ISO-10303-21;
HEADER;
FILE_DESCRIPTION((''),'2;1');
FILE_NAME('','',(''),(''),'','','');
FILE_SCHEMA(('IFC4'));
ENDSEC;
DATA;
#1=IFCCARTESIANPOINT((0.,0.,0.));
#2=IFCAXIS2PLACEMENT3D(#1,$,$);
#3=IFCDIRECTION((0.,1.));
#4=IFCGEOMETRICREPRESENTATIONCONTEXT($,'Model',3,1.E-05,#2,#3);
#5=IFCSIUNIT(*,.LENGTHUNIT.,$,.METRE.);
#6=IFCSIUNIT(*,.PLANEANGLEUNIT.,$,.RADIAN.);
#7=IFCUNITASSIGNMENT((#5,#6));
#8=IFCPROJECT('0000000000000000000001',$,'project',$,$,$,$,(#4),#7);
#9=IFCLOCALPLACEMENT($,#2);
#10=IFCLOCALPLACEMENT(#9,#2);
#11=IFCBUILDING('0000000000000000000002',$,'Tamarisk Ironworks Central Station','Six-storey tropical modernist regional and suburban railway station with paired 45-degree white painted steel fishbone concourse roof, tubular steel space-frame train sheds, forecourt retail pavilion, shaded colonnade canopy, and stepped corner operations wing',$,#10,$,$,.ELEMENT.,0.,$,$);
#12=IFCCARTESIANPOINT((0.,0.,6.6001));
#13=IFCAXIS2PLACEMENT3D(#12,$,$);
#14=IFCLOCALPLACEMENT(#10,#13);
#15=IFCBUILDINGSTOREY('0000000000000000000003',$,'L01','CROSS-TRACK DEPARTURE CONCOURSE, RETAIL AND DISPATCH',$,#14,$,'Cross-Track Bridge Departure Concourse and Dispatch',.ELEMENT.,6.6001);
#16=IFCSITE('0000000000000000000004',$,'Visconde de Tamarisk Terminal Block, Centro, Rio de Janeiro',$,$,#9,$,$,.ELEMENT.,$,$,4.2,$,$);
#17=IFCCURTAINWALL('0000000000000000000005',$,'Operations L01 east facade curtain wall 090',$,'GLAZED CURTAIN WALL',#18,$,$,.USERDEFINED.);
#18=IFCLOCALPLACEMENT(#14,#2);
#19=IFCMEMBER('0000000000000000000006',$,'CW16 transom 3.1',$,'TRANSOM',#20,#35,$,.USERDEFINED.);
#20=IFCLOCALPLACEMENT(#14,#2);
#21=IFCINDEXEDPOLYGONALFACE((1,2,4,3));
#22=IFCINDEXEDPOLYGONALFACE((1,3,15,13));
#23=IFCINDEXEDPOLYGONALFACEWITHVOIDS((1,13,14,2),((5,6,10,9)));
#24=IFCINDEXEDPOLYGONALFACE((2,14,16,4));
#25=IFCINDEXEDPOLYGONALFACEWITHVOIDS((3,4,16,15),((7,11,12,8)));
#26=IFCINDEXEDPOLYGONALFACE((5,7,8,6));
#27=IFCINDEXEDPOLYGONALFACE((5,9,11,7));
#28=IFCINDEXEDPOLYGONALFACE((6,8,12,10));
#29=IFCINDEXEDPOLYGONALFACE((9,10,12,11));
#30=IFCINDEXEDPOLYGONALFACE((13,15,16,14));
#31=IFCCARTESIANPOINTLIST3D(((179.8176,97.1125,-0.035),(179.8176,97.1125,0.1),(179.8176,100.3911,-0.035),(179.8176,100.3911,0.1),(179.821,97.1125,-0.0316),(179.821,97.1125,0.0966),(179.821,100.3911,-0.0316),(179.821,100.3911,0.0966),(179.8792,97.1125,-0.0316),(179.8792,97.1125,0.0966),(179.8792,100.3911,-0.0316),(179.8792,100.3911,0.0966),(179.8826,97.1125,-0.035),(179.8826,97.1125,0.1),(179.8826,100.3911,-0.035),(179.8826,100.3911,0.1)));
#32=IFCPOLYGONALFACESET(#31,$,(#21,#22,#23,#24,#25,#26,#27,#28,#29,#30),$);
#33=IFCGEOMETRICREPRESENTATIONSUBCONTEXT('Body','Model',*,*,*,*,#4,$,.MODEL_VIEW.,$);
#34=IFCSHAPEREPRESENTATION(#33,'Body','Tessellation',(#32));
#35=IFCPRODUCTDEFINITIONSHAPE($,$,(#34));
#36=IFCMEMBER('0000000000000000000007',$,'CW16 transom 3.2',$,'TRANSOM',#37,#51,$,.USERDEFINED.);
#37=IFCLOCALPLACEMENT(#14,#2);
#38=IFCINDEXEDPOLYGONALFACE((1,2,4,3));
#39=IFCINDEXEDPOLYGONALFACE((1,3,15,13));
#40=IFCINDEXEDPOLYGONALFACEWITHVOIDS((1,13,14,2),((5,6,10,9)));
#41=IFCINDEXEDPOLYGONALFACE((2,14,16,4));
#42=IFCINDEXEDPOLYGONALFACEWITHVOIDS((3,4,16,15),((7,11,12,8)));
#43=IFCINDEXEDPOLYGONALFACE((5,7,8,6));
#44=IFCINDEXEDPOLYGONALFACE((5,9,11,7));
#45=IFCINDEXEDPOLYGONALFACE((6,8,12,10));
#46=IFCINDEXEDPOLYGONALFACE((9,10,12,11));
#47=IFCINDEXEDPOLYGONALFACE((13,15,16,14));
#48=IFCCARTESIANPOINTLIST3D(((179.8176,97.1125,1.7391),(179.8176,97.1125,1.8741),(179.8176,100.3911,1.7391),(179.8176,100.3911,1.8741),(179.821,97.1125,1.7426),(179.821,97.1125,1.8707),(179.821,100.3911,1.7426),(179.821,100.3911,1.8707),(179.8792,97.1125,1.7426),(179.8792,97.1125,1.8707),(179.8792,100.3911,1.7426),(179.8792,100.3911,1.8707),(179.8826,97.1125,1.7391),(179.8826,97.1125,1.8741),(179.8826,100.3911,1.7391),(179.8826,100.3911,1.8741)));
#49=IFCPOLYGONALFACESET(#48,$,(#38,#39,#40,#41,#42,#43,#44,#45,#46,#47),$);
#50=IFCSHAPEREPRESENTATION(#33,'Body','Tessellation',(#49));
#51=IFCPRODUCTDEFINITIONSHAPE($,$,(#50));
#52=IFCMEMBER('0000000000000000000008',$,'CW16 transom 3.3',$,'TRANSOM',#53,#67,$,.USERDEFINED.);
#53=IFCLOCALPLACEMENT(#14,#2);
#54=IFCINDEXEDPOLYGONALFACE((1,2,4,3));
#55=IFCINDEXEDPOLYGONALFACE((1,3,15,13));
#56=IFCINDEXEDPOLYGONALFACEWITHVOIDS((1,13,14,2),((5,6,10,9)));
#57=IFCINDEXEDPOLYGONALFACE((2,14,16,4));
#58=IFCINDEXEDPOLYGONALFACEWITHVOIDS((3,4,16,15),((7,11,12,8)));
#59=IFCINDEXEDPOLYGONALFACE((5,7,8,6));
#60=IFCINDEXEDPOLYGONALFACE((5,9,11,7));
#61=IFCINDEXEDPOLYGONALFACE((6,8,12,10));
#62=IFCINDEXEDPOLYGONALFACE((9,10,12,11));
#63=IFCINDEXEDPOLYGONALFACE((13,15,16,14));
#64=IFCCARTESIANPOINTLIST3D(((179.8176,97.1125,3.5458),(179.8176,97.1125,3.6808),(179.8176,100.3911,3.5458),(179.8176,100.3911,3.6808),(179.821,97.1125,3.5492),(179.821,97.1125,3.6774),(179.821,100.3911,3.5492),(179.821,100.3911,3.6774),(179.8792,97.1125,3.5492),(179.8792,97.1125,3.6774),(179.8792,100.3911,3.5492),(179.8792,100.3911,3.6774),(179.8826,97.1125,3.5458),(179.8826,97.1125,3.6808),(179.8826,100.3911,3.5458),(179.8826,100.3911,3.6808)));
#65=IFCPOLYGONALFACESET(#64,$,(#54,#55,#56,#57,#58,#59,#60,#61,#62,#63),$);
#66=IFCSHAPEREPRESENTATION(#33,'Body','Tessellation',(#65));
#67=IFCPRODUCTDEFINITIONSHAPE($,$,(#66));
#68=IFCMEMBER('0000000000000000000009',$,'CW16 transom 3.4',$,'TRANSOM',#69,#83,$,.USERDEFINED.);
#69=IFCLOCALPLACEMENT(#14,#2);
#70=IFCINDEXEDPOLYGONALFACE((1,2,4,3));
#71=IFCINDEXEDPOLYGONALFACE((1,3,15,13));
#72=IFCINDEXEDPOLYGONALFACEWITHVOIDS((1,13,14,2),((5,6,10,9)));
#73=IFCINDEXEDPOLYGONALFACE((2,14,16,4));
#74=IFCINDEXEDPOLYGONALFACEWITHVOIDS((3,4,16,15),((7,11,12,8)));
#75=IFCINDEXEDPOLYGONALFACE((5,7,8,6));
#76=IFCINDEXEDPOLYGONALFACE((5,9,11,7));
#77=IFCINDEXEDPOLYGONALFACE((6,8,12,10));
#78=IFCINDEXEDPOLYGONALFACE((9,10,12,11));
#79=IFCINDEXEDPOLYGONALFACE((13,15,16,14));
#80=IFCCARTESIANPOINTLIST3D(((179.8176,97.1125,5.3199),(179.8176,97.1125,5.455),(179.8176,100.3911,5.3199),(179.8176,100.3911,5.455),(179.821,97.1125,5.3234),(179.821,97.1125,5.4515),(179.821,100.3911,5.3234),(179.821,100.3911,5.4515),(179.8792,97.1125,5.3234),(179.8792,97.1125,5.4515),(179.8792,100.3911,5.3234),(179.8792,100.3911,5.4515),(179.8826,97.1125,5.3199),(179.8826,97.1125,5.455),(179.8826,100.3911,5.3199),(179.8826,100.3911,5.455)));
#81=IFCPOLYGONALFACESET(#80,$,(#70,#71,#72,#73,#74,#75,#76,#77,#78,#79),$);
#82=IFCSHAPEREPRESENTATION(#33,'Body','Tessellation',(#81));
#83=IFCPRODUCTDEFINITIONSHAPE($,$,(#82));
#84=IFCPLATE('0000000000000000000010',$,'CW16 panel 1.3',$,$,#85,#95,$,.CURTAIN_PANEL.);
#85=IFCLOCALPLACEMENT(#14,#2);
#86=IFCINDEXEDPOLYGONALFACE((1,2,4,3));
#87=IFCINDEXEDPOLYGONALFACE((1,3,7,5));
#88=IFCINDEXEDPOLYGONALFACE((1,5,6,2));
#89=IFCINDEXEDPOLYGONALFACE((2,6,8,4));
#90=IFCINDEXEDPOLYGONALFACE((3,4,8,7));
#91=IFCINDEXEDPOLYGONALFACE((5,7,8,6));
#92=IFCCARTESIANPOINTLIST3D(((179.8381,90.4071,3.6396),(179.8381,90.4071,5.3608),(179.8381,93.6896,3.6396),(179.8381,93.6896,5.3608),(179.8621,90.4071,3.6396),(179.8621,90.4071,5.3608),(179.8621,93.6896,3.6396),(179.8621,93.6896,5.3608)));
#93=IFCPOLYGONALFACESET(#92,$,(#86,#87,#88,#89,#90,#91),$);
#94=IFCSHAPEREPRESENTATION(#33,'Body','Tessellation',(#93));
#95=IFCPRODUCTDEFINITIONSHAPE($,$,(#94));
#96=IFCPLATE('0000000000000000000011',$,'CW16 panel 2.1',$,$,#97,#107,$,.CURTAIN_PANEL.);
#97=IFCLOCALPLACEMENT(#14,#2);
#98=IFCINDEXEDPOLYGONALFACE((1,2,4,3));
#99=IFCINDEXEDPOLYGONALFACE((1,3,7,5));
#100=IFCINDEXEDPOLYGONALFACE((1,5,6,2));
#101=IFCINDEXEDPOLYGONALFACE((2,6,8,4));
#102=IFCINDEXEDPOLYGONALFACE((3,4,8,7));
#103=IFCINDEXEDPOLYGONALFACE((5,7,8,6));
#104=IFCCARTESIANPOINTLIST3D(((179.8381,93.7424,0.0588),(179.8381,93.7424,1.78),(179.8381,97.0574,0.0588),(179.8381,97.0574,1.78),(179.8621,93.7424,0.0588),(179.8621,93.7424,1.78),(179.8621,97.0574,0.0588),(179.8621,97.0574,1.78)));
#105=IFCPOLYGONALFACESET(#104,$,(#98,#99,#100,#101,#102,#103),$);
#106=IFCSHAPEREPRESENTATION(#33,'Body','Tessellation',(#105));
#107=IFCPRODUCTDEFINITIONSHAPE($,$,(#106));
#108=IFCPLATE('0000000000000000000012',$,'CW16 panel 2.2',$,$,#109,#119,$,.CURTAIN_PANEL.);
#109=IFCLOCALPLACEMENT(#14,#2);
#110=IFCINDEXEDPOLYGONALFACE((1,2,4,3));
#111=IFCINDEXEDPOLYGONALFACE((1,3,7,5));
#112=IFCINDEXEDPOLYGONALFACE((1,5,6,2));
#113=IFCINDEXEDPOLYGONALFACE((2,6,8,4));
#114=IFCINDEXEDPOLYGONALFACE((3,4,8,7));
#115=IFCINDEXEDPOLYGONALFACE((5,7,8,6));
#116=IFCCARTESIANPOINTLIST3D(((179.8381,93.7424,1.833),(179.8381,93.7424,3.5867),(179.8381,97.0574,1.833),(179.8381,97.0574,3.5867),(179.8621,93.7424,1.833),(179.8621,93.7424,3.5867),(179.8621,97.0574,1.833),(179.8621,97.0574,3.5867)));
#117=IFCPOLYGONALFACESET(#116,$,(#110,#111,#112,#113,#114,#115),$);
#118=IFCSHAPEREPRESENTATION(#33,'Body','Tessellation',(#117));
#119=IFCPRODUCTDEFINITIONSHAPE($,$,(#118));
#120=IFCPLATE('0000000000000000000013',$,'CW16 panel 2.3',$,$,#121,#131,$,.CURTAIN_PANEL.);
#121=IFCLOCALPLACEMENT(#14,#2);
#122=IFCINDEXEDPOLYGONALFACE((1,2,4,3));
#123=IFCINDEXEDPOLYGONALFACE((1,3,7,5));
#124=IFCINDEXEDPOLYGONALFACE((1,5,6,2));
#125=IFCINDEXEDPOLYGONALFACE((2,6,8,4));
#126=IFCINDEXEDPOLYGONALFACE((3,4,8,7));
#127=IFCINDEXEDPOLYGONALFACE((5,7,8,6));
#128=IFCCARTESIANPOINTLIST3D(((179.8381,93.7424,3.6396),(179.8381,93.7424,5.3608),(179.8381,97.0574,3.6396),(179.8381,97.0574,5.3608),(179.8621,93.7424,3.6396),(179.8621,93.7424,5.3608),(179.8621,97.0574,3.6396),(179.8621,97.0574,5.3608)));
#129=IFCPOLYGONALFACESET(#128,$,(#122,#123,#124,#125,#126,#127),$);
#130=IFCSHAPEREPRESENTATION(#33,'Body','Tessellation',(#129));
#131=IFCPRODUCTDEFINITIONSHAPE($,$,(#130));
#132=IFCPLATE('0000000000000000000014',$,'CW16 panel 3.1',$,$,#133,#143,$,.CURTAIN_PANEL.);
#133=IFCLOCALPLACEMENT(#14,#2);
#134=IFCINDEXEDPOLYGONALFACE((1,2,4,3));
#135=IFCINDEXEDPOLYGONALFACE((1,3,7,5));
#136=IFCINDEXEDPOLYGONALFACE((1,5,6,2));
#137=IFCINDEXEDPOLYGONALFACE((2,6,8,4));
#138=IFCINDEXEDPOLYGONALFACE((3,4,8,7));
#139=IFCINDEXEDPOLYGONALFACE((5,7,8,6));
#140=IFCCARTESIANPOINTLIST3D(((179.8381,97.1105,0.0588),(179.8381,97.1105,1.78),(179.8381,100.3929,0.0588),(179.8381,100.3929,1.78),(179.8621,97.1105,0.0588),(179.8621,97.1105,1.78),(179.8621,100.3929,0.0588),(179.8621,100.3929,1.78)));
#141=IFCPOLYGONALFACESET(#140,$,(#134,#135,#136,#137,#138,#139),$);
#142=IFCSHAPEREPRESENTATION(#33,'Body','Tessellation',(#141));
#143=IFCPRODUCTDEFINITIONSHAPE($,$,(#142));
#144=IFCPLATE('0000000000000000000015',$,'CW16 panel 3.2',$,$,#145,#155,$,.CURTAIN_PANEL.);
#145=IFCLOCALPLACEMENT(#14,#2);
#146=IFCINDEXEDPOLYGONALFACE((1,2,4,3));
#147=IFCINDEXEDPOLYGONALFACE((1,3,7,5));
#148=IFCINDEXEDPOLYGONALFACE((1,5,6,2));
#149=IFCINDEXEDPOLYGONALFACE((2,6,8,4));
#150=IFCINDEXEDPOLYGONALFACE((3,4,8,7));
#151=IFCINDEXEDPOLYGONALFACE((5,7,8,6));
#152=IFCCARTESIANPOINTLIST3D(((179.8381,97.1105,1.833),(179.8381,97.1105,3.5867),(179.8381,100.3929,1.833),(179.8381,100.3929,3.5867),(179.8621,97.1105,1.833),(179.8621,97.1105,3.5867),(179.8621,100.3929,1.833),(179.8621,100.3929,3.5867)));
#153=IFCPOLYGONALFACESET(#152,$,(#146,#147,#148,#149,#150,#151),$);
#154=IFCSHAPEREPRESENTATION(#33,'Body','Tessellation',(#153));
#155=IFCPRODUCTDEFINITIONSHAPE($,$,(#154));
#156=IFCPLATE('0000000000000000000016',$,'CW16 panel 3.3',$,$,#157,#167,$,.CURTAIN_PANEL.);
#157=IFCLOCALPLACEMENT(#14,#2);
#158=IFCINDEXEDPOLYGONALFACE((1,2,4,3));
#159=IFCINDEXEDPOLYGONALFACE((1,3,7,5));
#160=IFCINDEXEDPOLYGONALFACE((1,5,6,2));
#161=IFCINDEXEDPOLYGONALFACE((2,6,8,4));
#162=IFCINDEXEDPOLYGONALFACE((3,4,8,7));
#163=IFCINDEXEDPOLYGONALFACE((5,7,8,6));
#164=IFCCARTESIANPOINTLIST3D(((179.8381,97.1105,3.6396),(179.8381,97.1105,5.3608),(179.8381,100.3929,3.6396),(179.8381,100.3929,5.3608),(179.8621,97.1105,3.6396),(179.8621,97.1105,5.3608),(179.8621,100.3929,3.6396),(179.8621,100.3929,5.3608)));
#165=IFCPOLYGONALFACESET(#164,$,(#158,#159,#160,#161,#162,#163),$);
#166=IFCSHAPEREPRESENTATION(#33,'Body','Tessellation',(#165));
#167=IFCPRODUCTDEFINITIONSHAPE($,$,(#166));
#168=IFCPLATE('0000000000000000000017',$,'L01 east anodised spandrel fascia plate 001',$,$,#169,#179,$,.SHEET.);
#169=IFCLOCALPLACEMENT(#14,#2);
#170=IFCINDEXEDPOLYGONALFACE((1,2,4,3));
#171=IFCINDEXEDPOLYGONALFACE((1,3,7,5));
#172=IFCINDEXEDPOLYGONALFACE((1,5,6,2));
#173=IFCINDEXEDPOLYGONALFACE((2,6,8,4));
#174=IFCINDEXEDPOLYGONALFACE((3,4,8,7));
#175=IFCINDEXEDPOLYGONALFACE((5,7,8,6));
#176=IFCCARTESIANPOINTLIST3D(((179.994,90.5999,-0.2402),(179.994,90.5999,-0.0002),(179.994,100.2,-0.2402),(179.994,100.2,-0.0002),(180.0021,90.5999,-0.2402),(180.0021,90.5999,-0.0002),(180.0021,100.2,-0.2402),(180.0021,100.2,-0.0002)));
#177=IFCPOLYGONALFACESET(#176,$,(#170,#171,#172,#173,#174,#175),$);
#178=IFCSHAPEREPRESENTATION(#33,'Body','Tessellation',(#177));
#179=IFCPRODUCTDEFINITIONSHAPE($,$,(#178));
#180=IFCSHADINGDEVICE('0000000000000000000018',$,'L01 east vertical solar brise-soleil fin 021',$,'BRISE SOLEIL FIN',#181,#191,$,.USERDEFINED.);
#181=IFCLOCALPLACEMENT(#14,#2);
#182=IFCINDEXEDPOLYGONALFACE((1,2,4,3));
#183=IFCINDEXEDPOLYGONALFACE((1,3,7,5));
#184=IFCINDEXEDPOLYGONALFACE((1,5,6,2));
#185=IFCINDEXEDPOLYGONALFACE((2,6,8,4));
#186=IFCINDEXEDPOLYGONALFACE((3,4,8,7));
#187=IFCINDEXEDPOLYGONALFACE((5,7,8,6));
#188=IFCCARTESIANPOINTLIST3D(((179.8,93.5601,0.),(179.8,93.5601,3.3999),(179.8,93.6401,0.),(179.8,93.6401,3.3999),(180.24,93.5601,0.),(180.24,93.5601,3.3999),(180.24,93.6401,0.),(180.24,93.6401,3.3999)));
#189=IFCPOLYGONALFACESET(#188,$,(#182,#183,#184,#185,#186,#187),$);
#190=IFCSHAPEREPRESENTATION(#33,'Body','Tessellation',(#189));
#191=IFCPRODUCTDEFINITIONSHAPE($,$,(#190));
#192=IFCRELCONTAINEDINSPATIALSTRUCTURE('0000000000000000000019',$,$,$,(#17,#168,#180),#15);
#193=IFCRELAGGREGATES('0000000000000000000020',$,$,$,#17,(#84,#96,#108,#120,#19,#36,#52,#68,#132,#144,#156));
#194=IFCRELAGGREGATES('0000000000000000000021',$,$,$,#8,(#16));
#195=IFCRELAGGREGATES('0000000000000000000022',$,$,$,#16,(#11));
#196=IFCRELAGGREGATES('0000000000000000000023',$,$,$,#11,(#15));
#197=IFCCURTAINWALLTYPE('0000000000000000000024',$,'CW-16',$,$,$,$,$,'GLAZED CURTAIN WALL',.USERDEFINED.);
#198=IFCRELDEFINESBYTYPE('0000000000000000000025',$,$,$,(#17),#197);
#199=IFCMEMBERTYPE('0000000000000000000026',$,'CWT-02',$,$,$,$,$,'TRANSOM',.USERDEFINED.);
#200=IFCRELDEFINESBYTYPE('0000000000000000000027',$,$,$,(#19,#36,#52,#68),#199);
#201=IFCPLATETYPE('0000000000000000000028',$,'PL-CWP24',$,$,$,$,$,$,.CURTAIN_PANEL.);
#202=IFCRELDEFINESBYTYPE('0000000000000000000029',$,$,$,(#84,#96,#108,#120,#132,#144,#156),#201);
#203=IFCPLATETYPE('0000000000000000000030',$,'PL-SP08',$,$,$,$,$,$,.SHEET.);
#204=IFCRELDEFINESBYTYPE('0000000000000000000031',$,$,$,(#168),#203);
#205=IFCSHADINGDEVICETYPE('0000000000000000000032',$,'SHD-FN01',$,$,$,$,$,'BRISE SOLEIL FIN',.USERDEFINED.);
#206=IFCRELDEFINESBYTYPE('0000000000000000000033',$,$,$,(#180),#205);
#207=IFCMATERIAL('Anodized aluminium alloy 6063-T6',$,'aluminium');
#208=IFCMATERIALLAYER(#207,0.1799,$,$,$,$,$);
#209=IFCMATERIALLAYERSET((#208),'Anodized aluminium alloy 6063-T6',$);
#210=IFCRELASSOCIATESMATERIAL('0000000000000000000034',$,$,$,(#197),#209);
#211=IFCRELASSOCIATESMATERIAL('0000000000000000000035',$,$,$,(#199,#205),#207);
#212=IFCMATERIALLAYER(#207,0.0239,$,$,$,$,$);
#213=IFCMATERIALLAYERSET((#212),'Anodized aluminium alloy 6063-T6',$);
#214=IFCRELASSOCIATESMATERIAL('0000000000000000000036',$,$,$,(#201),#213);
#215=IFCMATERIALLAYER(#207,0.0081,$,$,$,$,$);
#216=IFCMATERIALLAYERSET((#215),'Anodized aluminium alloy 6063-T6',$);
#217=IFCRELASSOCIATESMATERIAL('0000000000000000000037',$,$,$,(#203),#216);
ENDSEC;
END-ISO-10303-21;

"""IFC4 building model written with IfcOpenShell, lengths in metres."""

from ifc_helpers import new_model, si_unit, direction, frame, origin, origin_2d, place, context, subcontext, project, spatial, rectangle, hollow_rectangle, extrude, material, layer, layer_set, material_profile, profile_set, type_object, element, aggregate, save


model = new_model("IFC4")

# Units and contexts
model_context = context("Model", 3, precision=1e-05, world=origin(), true_north=direction((0.0, 1.0)))
body_context = subcontext(model_context, "Body", "Model", "MODEL_VIEW")
ifc_project = project(units=[si_unit("LENGTHUNIT", "METRE"), si_unit("PLANEANGLEUNIT", "RADIAN")], contexts=[model_context])

# Site, building, storey
site_placement = place(None, origin())
site = spatial("IfcSite", under=ifc_project, at=site_placement, Name="Visconde de Tamarisk Terminal Block, Centro, Rio de Janeiro", CompositionType="ELEMENT", RefElevation=4.2)
building_placement = place(site_placement, origin())
building = spatial("IfcBuilding", under=site, at=building_placement, Name="Tamarisk Ironworks Central Station", Description="Six-storey tropical modernist regional and suburban railway station with paired 45-degree white painted steel fishbone concourse roof, tubular steel space-frame train sheds, forecourt retail pavilion, shaded colonnade canopy, and stepped corner operations wing", CompositionType="ELEMENT", ElevationOfRefHeight=0.0)
storey_placement = place(building_placement, frame((0.0, 0.0, 6.6001)))
storey = spatial("IfcBuildingStorey", under=building, at=storey_placement, Name="L01", Description="CROSS-TRACK DEPARTURE CONCOURSE, RETAIL AND DISPATCH", LongName="Cross-Track Bridge Departure Concourse and Dispatch", CompositionType="ELEMENT", Elevation=6.6001)

# Curtain wall, members, plates
ifc_material_1 = material(Name="Anodized aluminium alloy 6063-T6", Category="aluminium")
ifc_layer_1 = layer(ifc_material_1, 0.1799)
ifc_layer_set_1 = layer_set([ifc_layer_1], Name="Anodized aluminium alloy 6063-T6")
curtain_wall_type = type_object("IfcCurtainWallType", Name="CW-16", ElementType="GLAZED CURTAIN WALL", PredefinedType="USERDEFINED", material=ifc_layer_set_1)
curtain_wall_placement = place(storey_placement, origin())
curtain_wall = element("IfcCurtainWall", 1, at=curtain_wall_placement, inside=storey, type_object=curtain_wall_type, Name="Operations L01 east facade curtain wall 090", ObjectType="GLAZED CURTAIN WALL", PredefinedType="USERDEFINED")
ifc_material_profile_1 = material_profile(ifc_material_1, hollow_rectangle(XDim=0.0649, YDim=0.135, WallThickness=0.0034, at=origin_2d()), Name="ALUM 135x65")
ifc_profile_set_1 = profile_set([ifc_material_profile_1], Name="Anodized aluminium alloy 6063-T6")
member_type_1 = type_object("IfcMemberType", Name="CWT-02", ElementType="TRANSOM", PredefinedType="USERDEFINED", material=ifc_profile_set_1)
member_1_placement = place(storey_placement, frame((179.8501, 97.1125, 0.0325), z_axis=(0.0, 1.0, 0.0), x_axis=(-1.0, 0.0, 0.0)))
member_1 = element("IfcMember", 2, at=member_1_placement, type_object=member_type_1, Name="CW16 transom 3.1", ObjectType="TRANSOM", PredefinedType="USERDEFINED", context=body_context, shape_type="SweptSolid", body=[
    extrude(hollow_rectangle(XDim=0.0649, YDim=0.135, WallThickness=0.0034, at=origin_2d()), origin(), (0.0, 0.0, 1.0), 3.2786),
])
member_2_placement = place(storey_placement, frame((179.8501, 97.1125, 1.8066), z_axis=(0.0, 1.0, 0.0), x_axis=(-1.0, 0.0, 0.0)))
member_2 = element("IfcMember", 3, at=member_2_placement, type_object=member_type_1, Name="CW16 transom 3.2", ObjectType="TRANSOM", PredefinedType="USERDEFINED", context=body_context, shape_type="SweptSolid", body=[
    extrude(hollow_rectangle(XDim=0.0649, YDim=0.135, WallThickness=0.0034, at=origin_2d()), origin(), (0.0, 0.0, 1.0), 3.2786),
])
member_3_placement = place(storey_placement, frame((179.8501, 97.1125, 3.6133), z_axis=(0.0, 1.0, 0.0), x_axis=(-1.0, 0.0, 0.0)))
member_3 = element("IfcMember", 4, at=member_3_placement, type_object=member_type_1, Name="CW16 transom 3.3", ObjectType="TRANSOM", PredefinedType="USERDEFINED", context=body_context, shape_type="SweptSolid", body=[
    extrude(hollow_rectangle(XDim=0.0649, YDim=0.135, WallThickness=0.0034, at=origin_2d()), origin(), (0.0, 0.0, 1.0), 3.2786),
])
member_4_placement = place(storey_placement, frame((179.8501, 97.1125, 5.3875), z_axis=(0.0, 1.0, 0.0), x_axis=(-1.0, 0.0, 0.0)))
member_4 = element("IfcMember", 5, at=member_4_placement, type_object=member_type_1, Name="CW16 transom 3.4", ObjectType="TRANSOM", PredefinedType="USERDEFINED", context=body_context, shape_type="SweptSolid", body=[
    extrude(hollow_rectangle(XDim=0.0649, YDim=0.135, WallThickness=0.0034, at=origin_2d()), origin(), (0.0, 0.0, 1.0), 3.2786),
])
ifc_layer_2 = layer(ifc_material_1, 0.0239)
ifc_layer_set_2 = layer_set([ifc_layer_2], Name="Anodized aluminium alloy 6063-T6")
plate_type_1 = type_object("IfcPlateType", Name="PL-CWP24", PredefinedType="CURTAIN_PANEL", material=ifc_layer_set_2)
plate_1_placement = place(storey_placement, frame((179.8501, 92.0483, 3.6396), z_axis=(0.0, 0.0, 1.0), x_axis=(0.0, 1.0, 0.0)))
plate_1 = element("IfcPlate", 6, at=plate_1_placement, type_object=plate_type_1, Name="CW16 panel 1.3", PredefinedType="CURTAIN_PANEL", context=body_context, shape_type="SweptSolid", body=[
    extrude(rectangle(XDim=3.2825, YDim=0.0239, at=origin_2d()), origin(), (0.0, 0.0, 1.0), 1.7212),
])
plate_2_placement = place(storey_placement, frame((179.8501, 95.3999, 0.0588), z_axis=(0.0, 0.0, 1.0), x_axis=(0.0, 1.0, 0.0)))
plate_2 = element("IfcPlate", 7, at=plate_2_placement, type_object=plate_type_1, Name="CW16 panel 2.1", PredefinedType="CURTAIN_PANEL", context=body_context, shape_type="SweptSolid", body=[
    extrude(rectangle(XDim=3.3149, YDim=0.0239, at=origin_2d()), origin(), (0.0, 0.0, 1.0), 1.7212),
])
plate_3_placement = place(storey_placement, frame((179.8501, 95.3999, 1.833), z_axis=(0.0, 0.0, 1.0), x_axis=(0.0, 1.0, 0.0)))
plate_3 = element("IfcPlate", 8, at=plate_3_placement, type_object=plate_type_1, Name="CW16 panel 2.2", PredefinedType="CURTAIN_PANEL", context=body_context, shape_type="SweptSolid", body=[
    extrude(rectangle(XDim=3.3149, YDim=0.0239, at=origin_2d()), origin(), (0.0, 0.0, 1.0), 1.7537),
])
plate_4_placement = place(storey_placement, frame((179.8501, 95.3999, 3.6396), z_axis=(0.0, 0.0, 1.0), x_axis=(0.0, 1.0, 0.0)))
plate_4 = element("IfcPlate", 9, at=plate_4_placement, type_object=plate_type_1, Name="CW16 panel 2.3", PredefinedType="CURTAIN_PANEL", context=body_context, shape_type="SweptSolid", body=[
    extrude(rectangle(XDim=3.3149, YDim=0.0239, at=origin_2d()), origin(), (0.0, 0.0, 1.0), 1.7212),
])
plate_5_placement = place(storey_placement, frame((179.8501, 98.7517, 0.0588), z_axis=(0.0, 0.0, 1.0), x_axis=(0.0, 1.0, 0.0)))
plate_5 = element("IfcPlate", 10, at=plate_5_placement, type_object=plate_type_1, Name="CW16 panel 3.1", PredefinedType="CURTAIN_PANEL", context=body_context, shape_type="SweptSolid", body=[
    extrude(rectangle(XDim=3.2825, YDim=0.0239, at=origin_2d()), origin(), (0.0, 0.0, 1.0), 1.7212),
])
plate_6_placement = place(storey_placement, frame((179.8501, 98.7517, 1.833), z_axis=(0.0, 0.0, 1.0), x_axis=(0.0, 1.0, 0.0)))
plate_6 = element("IfcPlate", 11, at=plate_6_placement, type_object=plate_type_1, Name="CW16 panel 3.2", PredefinedType="CURTAIN_PANEL", context=body_context, shape_type="SweptSolid", body=[
    extrude(rectangle(XDim=3.2825, YDim=0.0239, at=origin_2d()), origin(), (0.0, 0.0, 1.0), 1.7537),
])
plate_7_placement = place(storey_placement, frame((179.8501, 98.7517, 3.6396), z_axis=(0.0, 0.0, 1.0), x_axis=(0.0, 1.0, 0.0)))
plate_7 = element("IfcPlate", 12, at=plate_7_placement, type_object=plate_type_1, Name="CW16 panel 3.3", PredefinedType="CURTAIN_PANEL", context=body_context, shape_type="SweptSolid", body=[
    extrude(rectangle(XDim=3.2825, YDim=0.0239, at=origin_2d()), origin(), (0.0, 0.0, 1.0), 1.7212),
])
aggregate(curtain_wall, [plate_1, plate_2, plate_3, plate_4, member_1, member_2, member_3, member_4, plate_5, plate_6, plate_7])

# Plate
ifc_layer_3 = layer(ifc_material_1, 0.0081)
ifc_layer_set_3 = layer_set([ifc_layer_3], Name="Anodized aluminium alloy 6063-T6")
plate_type_2 = type_object("IfcPlateType", Name="PL-SP08", PredefinedType="SHEET", material=ifc_layer_set_3)
plate_8_placement = place(storey_placement, frame((179.998, 95.3999, -0.2402), z_axis=(0.0, 0.0, 1.0), x_axis=(1.0, 0.0, 0.0)))
element("IfcPlate", 13, at=plate_8_placement, inside=storey, type_object=plate_type_2, Name="L01 east anodised spandrel fascia plate 001", PredefinedType="SHEET", context=body_context, shape_type="SweptSolid", body=[
    extrude(rectangle(XDim=0.0081, YDim=9.6001, at=origin_2d()), origin(), (0.0, 0.0, 1.0), 0.24),
])

# Shading device
shading_device_type = type_object("IfcShadingDeviceType", Name="SHD-FN01", ElementType="BRISE SOLEIL FIN", PredefinedType="USERDEFINED", material=ifc_material_1)
for number, where, z_axis, x_axis, name in (
    (14, (180.02, 93.6001, 0.0), (0.0, 0.0, 1.0), (1.0, 0.0, 0.0), "L01 east vertical solar brise-soleil fin 021"),
):
    element("IfcShadingDevice", number, at=place(storey_placement, frame(where, z_axis=z_axis, x_axis=x_axis)), inside=storey, type_object=shading_device_type, Name=name, ObjectType="BRISE SOLEIL FIN", PredefinedType="USERDEFINED", context=body_context, shape_type="SweptSolid", body=[
        extrude(rectangle(XDim=0.4399, YDim=0.0801, at=origin_2d()), origin(), (0.0, 0.0, 1.0), 3.3999),
    ])

save(model, "model.ifc")
